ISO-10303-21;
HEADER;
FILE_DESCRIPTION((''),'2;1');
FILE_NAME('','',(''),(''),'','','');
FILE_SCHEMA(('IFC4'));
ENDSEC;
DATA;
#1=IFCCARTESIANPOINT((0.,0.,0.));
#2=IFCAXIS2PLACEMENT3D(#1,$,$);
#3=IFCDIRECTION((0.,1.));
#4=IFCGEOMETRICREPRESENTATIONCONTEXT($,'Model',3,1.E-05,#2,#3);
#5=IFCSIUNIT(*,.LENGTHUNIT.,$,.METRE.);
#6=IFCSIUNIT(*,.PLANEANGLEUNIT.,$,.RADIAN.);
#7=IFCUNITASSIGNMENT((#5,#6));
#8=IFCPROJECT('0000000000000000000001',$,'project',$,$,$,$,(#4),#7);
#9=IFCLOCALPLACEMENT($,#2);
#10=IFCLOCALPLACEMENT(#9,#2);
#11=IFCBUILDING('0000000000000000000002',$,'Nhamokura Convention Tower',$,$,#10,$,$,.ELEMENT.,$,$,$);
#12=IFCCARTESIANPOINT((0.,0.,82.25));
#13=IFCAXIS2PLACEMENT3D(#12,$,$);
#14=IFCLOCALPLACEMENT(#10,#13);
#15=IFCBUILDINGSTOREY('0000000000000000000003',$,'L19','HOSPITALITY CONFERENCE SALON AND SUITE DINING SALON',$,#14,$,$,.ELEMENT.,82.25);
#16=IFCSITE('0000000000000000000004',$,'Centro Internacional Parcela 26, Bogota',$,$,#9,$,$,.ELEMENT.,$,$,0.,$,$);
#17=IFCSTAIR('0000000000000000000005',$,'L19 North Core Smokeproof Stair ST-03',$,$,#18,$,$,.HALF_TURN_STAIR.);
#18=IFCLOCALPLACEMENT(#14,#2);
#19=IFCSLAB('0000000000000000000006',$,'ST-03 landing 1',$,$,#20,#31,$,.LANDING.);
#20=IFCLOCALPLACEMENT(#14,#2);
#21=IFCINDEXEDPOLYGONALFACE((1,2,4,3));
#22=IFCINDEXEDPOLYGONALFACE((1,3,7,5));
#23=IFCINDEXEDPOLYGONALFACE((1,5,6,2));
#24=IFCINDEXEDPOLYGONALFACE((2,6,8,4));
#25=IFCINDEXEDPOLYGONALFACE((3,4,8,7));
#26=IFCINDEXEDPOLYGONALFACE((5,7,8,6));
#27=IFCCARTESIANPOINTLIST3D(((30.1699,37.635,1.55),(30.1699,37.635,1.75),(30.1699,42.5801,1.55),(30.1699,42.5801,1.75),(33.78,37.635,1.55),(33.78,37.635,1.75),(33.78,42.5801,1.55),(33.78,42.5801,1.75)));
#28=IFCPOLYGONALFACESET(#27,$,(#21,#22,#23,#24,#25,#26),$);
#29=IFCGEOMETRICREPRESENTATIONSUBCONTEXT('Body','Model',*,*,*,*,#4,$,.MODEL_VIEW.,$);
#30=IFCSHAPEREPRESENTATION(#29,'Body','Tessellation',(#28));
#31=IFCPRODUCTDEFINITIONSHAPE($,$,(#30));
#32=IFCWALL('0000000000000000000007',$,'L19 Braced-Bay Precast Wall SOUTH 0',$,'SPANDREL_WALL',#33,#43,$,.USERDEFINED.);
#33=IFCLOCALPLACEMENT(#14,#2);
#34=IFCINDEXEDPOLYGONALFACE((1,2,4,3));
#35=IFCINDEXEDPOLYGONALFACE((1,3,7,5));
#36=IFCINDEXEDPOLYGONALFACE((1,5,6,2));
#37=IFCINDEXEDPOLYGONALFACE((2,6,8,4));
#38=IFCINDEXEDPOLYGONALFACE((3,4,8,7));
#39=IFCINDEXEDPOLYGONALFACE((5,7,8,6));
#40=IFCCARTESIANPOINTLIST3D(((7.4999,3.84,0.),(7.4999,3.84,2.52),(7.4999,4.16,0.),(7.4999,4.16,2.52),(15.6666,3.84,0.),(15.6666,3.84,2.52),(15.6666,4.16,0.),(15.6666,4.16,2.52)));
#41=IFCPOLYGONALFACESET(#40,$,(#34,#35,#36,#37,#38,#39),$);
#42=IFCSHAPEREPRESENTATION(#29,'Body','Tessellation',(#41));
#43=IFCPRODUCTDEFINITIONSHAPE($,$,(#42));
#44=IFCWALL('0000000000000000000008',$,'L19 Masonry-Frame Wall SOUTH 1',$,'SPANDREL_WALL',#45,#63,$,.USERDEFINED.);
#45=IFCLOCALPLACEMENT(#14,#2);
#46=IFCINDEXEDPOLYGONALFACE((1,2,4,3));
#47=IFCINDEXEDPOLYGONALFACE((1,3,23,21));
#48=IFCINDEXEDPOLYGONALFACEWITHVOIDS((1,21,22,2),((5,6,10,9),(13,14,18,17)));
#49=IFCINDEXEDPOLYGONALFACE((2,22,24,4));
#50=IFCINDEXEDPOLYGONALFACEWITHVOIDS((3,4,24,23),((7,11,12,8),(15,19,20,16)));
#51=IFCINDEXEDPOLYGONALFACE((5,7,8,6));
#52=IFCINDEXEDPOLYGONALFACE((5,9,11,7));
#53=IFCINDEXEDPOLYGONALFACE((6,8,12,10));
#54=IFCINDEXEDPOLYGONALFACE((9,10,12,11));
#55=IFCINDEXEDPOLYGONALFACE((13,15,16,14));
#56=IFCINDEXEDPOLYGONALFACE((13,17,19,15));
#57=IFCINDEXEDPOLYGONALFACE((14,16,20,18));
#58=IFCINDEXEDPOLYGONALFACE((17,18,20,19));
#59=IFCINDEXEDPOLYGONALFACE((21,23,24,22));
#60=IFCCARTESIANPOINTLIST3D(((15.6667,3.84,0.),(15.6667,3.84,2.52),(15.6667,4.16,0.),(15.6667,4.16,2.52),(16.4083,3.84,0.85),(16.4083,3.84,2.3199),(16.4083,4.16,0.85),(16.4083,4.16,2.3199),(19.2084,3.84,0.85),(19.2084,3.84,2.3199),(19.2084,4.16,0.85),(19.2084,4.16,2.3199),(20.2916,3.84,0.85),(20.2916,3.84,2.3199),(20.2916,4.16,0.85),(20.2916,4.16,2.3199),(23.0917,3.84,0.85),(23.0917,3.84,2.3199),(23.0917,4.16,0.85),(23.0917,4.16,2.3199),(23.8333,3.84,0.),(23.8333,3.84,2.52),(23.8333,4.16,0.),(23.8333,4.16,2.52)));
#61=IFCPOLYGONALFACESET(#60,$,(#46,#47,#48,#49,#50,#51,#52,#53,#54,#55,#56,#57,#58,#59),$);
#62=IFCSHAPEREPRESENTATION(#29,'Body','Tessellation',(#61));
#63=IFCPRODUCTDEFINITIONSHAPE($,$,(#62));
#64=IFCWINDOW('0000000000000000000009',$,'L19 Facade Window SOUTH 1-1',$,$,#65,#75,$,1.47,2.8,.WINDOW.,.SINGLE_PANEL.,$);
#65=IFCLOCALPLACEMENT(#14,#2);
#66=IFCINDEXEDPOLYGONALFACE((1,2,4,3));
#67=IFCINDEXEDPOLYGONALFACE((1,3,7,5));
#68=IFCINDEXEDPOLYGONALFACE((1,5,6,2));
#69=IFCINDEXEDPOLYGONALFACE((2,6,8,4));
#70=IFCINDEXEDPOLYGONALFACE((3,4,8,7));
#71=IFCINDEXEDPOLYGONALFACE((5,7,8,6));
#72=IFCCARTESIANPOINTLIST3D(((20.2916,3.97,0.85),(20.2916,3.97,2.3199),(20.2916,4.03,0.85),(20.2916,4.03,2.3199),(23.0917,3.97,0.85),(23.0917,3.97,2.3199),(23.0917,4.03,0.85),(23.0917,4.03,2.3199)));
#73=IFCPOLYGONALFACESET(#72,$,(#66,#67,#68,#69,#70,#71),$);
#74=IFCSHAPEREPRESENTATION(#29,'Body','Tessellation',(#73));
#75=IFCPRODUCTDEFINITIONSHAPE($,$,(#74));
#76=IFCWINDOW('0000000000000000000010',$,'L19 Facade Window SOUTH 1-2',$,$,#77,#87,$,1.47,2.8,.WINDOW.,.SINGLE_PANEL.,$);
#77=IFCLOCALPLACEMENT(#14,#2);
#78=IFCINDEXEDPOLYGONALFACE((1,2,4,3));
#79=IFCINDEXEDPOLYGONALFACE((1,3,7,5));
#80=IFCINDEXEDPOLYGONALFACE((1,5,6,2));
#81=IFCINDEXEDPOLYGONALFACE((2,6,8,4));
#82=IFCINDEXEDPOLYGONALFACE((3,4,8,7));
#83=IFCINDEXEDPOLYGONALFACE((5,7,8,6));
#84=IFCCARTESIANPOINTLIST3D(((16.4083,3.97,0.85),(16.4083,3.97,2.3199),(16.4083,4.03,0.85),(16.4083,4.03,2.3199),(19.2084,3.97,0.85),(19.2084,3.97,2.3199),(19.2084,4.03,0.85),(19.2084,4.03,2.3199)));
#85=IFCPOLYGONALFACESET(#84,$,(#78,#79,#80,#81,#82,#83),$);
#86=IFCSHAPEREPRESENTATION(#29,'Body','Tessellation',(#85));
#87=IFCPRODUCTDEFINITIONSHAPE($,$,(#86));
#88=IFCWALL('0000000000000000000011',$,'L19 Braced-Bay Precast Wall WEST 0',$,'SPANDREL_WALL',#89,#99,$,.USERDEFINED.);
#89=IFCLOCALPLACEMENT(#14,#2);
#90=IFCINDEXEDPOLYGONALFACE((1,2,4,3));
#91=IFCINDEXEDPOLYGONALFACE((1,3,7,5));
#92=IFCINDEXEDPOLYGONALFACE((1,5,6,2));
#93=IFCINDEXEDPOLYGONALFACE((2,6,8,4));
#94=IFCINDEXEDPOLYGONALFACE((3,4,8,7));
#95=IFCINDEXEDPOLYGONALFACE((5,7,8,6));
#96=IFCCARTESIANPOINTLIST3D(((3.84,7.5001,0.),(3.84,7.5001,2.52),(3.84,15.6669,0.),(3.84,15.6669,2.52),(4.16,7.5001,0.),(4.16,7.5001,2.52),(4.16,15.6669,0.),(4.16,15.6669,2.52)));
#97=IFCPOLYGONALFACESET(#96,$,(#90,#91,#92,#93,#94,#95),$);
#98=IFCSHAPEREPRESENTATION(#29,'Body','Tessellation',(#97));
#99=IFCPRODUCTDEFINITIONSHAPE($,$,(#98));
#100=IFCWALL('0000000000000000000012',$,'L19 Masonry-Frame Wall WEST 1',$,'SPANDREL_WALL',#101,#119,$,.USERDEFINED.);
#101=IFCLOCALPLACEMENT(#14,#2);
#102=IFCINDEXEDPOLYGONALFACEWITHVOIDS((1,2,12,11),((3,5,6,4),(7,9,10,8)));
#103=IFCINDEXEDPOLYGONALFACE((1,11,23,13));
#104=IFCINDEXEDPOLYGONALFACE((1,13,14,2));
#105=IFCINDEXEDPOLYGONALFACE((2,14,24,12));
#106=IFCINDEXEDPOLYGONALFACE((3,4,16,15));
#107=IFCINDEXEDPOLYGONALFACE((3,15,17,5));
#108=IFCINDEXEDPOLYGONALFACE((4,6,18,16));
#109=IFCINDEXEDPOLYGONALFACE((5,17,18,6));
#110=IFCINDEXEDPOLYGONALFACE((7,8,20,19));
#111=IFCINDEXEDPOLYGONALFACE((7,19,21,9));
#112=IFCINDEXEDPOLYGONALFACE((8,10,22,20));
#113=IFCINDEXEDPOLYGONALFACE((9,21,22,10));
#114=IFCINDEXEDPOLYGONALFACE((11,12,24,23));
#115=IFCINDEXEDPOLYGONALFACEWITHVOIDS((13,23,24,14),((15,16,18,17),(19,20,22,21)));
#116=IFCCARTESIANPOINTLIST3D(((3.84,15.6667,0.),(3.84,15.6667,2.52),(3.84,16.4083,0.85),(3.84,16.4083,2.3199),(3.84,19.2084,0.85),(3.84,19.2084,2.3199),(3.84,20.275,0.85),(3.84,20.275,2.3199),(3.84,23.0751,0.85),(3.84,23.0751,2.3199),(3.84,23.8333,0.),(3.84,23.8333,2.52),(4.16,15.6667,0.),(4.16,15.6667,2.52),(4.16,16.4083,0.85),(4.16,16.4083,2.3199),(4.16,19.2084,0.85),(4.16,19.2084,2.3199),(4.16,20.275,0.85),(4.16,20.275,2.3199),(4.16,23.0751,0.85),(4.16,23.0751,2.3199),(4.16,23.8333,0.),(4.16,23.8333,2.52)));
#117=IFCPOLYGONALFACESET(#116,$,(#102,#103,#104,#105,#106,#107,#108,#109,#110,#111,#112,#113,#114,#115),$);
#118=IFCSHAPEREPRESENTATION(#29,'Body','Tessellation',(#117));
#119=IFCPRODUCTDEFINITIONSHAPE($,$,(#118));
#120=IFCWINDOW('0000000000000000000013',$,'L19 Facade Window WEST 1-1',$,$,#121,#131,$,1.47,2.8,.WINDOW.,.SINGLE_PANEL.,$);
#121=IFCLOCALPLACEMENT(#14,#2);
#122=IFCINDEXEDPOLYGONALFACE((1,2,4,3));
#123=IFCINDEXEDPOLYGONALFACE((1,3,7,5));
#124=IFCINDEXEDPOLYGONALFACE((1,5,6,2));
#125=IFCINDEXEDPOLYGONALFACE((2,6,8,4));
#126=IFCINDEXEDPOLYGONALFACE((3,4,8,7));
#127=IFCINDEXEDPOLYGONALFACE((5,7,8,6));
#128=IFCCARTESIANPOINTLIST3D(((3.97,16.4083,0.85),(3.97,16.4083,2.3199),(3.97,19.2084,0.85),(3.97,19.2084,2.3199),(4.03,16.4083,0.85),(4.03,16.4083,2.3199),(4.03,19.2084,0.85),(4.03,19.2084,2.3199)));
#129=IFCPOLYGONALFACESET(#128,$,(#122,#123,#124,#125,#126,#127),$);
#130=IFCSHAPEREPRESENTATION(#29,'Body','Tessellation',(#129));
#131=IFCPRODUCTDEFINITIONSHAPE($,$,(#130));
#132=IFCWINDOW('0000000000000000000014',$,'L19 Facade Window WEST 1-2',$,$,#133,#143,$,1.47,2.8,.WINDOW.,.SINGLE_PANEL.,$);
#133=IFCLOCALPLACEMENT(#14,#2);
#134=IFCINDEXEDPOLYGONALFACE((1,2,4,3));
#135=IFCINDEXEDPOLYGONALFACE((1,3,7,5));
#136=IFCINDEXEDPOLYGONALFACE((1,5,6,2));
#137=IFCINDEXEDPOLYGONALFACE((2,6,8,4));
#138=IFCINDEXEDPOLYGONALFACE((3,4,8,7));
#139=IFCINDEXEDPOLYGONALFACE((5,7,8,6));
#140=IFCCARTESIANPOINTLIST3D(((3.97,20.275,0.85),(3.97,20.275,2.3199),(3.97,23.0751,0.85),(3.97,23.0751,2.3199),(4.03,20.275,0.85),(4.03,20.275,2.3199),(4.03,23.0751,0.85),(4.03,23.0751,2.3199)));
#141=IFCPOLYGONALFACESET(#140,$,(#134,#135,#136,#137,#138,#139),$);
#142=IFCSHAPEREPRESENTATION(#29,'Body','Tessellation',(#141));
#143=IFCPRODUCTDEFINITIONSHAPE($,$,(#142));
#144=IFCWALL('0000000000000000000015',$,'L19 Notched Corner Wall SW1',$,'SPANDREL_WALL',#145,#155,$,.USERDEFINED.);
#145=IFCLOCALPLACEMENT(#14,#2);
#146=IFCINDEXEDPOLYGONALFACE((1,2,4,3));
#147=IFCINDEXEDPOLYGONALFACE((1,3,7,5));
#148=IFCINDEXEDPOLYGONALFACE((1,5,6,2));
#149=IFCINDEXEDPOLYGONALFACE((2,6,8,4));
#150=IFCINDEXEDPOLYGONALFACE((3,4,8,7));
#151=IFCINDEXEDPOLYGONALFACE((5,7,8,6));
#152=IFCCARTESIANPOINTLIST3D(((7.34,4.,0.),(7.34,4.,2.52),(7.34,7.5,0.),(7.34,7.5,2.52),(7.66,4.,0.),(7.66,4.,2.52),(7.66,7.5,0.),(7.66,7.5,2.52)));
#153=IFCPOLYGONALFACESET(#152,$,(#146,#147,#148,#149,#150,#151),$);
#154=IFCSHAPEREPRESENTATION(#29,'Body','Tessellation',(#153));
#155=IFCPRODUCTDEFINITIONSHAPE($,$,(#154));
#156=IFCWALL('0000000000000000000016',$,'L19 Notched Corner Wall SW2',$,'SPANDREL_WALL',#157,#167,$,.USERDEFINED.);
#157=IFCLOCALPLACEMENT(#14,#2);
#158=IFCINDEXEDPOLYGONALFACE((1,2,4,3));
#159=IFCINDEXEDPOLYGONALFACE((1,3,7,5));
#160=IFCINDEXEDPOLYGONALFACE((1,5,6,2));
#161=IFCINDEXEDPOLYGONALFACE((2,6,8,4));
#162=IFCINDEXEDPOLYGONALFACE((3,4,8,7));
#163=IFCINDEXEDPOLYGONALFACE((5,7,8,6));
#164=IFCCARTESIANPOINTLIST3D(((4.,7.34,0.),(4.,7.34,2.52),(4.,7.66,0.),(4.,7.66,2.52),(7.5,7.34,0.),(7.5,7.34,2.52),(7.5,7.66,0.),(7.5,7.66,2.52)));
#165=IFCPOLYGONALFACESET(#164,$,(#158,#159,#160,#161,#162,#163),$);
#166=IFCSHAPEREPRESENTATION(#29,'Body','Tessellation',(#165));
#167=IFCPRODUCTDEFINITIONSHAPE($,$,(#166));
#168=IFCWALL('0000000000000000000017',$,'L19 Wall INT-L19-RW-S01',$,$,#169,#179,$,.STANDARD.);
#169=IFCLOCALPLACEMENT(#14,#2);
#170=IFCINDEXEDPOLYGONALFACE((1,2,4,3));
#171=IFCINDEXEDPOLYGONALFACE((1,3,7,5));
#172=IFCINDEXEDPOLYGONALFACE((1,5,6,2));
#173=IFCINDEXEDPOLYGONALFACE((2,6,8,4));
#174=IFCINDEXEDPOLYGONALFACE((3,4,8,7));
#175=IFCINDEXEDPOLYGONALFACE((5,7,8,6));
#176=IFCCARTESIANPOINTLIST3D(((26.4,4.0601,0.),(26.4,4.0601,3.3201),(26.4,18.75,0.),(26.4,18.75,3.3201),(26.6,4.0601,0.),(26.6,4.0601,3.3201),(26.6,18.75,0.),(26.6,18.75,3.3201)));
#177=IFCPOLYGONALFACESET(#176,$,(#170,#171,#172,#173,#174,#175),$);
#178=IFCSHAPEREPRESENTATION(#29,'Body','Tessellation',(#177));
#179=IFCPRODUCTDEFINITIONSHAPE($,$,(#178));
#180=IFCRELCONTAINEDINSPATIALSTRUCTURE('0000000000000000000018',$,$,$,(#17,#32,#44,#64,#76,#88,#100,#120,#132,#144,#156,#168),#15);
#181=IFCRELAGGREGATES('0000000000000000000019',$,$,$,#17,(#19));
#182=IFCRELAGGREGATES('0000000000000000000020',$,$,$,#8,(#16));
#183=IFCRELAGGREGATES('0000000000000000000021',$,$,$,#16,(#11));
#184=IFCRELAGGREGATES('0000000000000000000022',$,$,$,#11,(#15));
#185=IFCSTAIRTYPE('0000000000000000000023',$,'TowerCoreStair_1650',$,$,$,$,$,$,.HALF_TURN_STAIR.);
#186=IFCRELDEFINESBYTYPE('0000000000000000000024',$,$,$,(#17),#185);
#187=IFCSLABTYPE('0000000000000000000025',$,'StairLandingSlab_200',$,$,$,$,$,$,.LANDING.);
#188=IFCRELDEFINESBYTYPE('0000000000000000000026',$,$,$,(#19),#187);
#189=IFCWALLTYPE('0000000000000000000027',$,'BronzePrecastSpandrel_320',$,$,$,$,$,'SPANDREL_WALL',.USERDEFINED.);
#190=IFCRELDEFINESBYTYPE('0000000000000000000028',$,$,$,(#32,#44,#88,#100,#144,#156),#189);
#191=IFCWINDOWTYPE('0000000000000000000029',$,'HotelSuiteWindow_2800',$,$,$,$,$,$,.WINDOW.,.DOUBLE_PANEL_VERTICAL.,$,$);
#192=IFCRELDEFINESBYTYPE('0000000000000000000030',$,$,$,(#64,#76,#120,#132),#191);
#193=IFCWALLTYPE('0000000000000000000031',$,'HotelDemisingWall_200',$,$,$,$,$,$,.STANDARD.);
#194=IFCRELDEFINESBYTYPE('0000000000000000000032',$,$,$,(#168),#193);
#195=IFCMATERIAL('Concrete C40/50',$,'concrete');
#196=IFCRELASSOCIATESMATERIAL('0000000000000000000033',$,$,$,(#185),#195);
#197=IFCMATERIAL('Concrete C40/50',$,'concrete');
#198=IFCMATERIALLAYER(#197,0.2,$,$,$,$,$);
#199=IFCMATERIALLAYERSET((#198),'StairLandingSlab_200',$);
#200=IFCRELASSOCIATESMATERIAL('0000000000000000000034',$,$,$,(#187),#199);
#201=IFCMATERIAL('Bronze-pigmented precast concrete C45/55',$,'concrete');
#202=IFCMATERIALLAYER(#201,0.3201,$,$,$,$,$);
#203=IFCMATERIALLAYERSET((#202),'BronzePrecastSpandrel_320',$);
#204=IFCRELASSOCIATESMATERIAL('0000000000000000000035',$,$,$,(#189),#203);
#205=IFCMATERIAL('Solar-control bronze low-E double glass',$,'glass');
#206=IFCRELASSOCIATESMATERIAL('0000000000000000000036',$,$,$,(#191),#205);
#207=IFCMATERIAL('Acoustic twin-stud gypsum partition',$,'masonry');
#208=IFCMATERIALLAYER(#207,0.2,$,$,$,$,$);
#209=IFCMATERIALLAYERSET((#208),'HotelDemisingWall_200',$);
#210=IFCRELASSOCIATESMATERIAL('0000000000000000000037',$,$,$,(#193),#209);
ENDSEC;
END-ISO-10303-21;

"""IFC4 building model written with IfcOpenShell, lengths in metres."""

from ifc_helpers import new_model, si_unit, direction, frame, frame_2d, origin, place, context, subcontext, project, spatial, polyline, rectangle, outline, extrude, material, layer, layer_set, type_object, element, fill, aggregate, save


model = new_model("IFC4")

# Units and contexts
model_context = context("Model", 3, precision=1e-05, world=origin(), true_north=direction((0.0, 1.0)))
body_context = subcontext(model_context, "Body", "Model", "MODEL_VIEW")
ifc_project = project(units=[si_unit("LENGTHUNIT", "METRE"), si_unit("PLANEANGLEUNIT", "RADIAN")], contexts=[model_context])

# Site, building, storey
site_placement = place(None, origin())
site = spatial("IfcSite", under=ifc_project, at=site_placement, Name="Centro Internacional Parcela 26, Bogota", CompositionType="ELEMENT", RefElevation=0.0)
building_placement = place(site_placement, origin())
building = spatial("IfcBuilding", under=site, at=building_placement, Name="Nhamokura Convention Tower", CompositionType="ELEMENT")
storey_placement = place(building_placement, frame((0.0, 0.0, 82.25)))
storey = spatial("IfcBuildingStorey", under=building, at=storey_placement, Name="L19", Description="HOSPITALITY CONFERENCE SALON AND SUITE DINING SALON", CompositionType="ELEMENT", Elevation=82.25)

# Stair, slab
ifc_material_1 = material(Name="Concrete C40/50", Category="concrete")
stair_type = type_object("IfcStairType", Name="TowerCoreStair_1650", PredefinedType="HALF_TURN_STAIR", material=ifc_material_1)
ifc_material_2 = material(Name="Concrete C40/50", Category="concrete")
ifc_layer_1 = layer(ifc_material_2, 0.2)
ifc_layer_set_1 = layer_set([ifc_layer_1], Name="StairLandingSlab_200")
slab_type_1 = type_object("IfcSlabType", Name="StairLandingSlab_200", PredefinedType="LANDING", material=ifc_layer_set_1)
stair_1_placement = place(storey_placement, origin())
stair_1 = element("IfcStair", 1, at=stair_1_placement, inside=storey, type_object=stair_type, Name="L19 North Core Smokeproof Stair ST-03", PredefinedType="HALF_TURN_STAIR")
slab_1_placement = place(storey_placement, frame((0.0, 0.0, 1.55)))
slab_1 = element("IfcSlab", 2, at=slab_1_placement, type_object=slab_type_1, Name="ST-03 landing 1", PredefinedType="LANDING", context=body_context, shape_type="SweptSolid", body=[
    extrude(outline(polyline([(33.78, 37.635), (33.78, 42.5801), (30.1699, 42.5801), (30.1699, 37.635), (33.78, 37.635)])), origin(), (0.0, 0.0, 1.0), 0.2),
])
aggregate(stair_1, [slab_1])

# Wall
ifc_material_3 = material(Name="Bronze-pigmented precast concrete C45/55", Category="concrete")
ifc_layer_2 = layer(ifc_material_3, 0.3201)
ifc_layer_set_2 = layer_set([ifc_layer_2], Name="BronzePrecastSpandrel_320")
wall_type_1 = type_object("IfcWallType", Name="BronzePrecastSpandrel_320", ElementType="SPANDREL_WALL", PredefinedType="USERDEFINED", material=ifc_layer_set_2)
wall_1_placement = place(storey_placement, frame((15.6667, 4.0, 0.0), z_axis=(0.0, 0.0, 1.0), x_axis=(-1.0, 0.0, 0.0)))
element("IfcWall", 3, at=wall_1_placement, inside=storey, type_object=wall_type_1, Name="L19 Braced-Bay Precast Wall SOUTH 0", ObjectType="SPANDREL_WALL", PredefinedType="USERDEFINED", context=body_context, shape_type="SweptSolid", body=[
    extrude(rectangle(XDim=8.1667, YDim=0.3201, at=frame_2d((4.0835, 0.0))), origin(), (0.0, 0.0, 1.0), 2.52),
])

# Wall, openings, windows
wall_2_placement = place(storey_placement, frame((23.8333, 4.0, 0.0), z_axis=(0.0, 0.0, 1.0), x_axis=(-1.0, 0.0, 0.0)))
wall_2 = element("IfcWall", 4, at=wall_2_placement, inside=storey, type_object=wall_type_1, Name="L19 Masonry-Frame Wall SOUTH 1", ObjectType="SPANDREL_WALL", PredefinedType="USERDEFINED", context=body_context, shape_type="SweptSolid", body=[
    extrude(rectangle(XDim=8.1665, YDim=0.3201, at=frame_2d((4.0833, 0.0))), origin(), (0.0, 0.0, 1.0), 2.52),
])
opening_1_placement = place(wall_2_placement, frame((0.7417, 0.0, 0.8501)))
opening_1 = element("IfcOpeningElement", 5, at=opening_1_placement, cuts=wall_2, PredefinedType="OPENING", context=body_context, shape_type="SweptSolid", body=[
    extrude(rectangle(XDim=2.8, YDim=1.47, at=frame_2d((1.3999, 0.7349))), frame((0.0, 0.1699, 0.0), z_axis=(0.0, -1.0, 0.0), x_axis=(1.0, 0.0, 0.0)), (0.0, 0.0, 1.0), 0.3401),
])
opening_2_placement = place(wall_2_placement, frame((4.625, 0.0, 0.8501)))
opening_2 = element("IfcOpeningElement", 6, at=opening_2_placement, cuts=wall_2, PredefinedType="OPENING", context=body_context, shape_type="SweptSolid", body=[
    extrude(rectangle(XDim=2.8, YDim=1.47, at=frame_2d((1.3999, 0.7349))), frame((0.0, 0.1699, 0.0), z_axis=(0.0, -1.0, 0.0), x_axis=(1.0, 0.0, 0.0)), (0.0, 0.0, 1.0), 0.3401),
])
ifc_material_4 = material(Name="Solar-control bronze low-E double glass", Category="glass")
window_type = type_object("IfcWindowType", Name="HotelSuiteWindow_2800", PartitioningType="DOUBLE_PANEL_VERTICAL", PredefinedType="WINDOW", material=ifc_material_4)
window_1_placement = place(opening_1_placement, origin())
window_1 = element("IfcWindow", 7, at=window_1_placement, inside=storey, type_object=window_type, Name="L19 Facade Window SOUTH 1-1", OverallHeight=1.47, OverallWidth=2.8, PartitioningType="SINGLE_PANEL", PredefinedType="WINDOW", context=body_context, shape_type="SweptSolid", body=[
    extrude(rectangle(XDim=2.8, YDim=1.47, at=frame_2d((1.3999, 0.7349))), frame((0.0, 0.03, 0.0), z_axis=(0.0, -1.0, 0.0), x_axis=(1.0, 0.0, 0.0)), (0.0, 0.0, 1.0), 0.0601),
])
fill(opening_1, window_1)
window_2_placement = place(opening_2_placement, origin())
window_2 = element("IfcWindow", 8, at=window_2_placement, inside=storey, type_object=window_type, Name="L19 Facade Window SOUTH 1-2", OverallHeight=1.47, OverallWidth=2.8, PartitioningType="SINGLE_PANEL", PredefinedType="WINDOW", context=body_context, shape_type="SweptSolid", body=[
    extrude(rectangle(XDim=2.8, YDim=1.47, at=frame_2d((1.3999, 0.7349))), frame((0.0, 0.03, 0.0), z_axis=(0.0, -1.0, 0.0), x_axis=(1.0, 0.0, 0.0)), (0.0, 0.0, 1.0), 0.0601),
])
fill(opening_2, window_2)

# Wall
wall_3_placement = place(storey_placement, frame((4.0, 7.5, 0.0), z_axis=(0.0, 0.0, 1.0), x_axis=(0.0, 1.0, 0.0)))
element("IfcWall", 9, at=wall_3_placement, inside=storey, type_object=wall_type_1, Name="L19 Braced-Bay Precast Wall WEST 0", ObjectType="SPANDREL_WALL", PredefinedType="USERDEFINED", context=body_context, shape_type="SweptSolid", body=[
    extrude(rectangle(XDim=8.1667, YDim=0.3201, at=frame_2d((4.0835, 0.0))), origin(), (0.0, 0.0, 1.0), 2.52),
])

# Wall, openings, windows
wall_4_placement = place(storey_placement, frame((4.0, 15.6667, 0.0), z_axis=(0.0, 0.0, 1.0), x_axis=(0.0, 1.0, 0.0)))
wall_4 = element("IfcWall", 10, at=wall_4_placement, inside=storey, type_object=wall_type_1, Name="L19 Masonry-Frame Wall WEST 1", ObjectType="SPANDREL_WALL", PredefinedType="USERDEFINED", context=body_context, shape_type="SweptSolid", body=[
    extrude(rectangle(XDim=8.1665, YDim=0.3201, at=frame_2d((4.0833, 0.0))), origin(), (0.0, 0.0, 1.0), 2.52),
])
opening_3_placement = place(wall_4_placement, frame((0.7417, 0.0, 0.8501)))
opening_3 = element("IfcOpeningElement", 11, at=opening_3_placement, cuts=wall_4, PredefinedType="OPENING", context=body_context, shape_type="SweptSolid", body=[
    extrude(rectangle(XDim=2.8, YDim=1.47, at=frame_2d((1.3999, 0.7349))), frame((0.0, 0.1699, 0.0), z_axis=(0.0, -1.0, 0.0), x_axis=(1.0, 0.0, 0.0)), (0.0, 0.0, 1.0), 0.3401),
])
opening_4_placement = place(wall_4_placement, frame((4.6084, 0.0, 0.8501)))
opening_4 = element("IfcOpeningElement", 12, at=opening_4_placement, cuts=wall_4, PredefinedType="OPENING", context=body_context, shape_type="SweptSolid", body=[
    extrude(rectangle(XDim=2.8, YDim=1.47, at=frame_2d((1.3999, 0.7349))), frame((0.0, 0.1699, 0.0), z_axis=(0.0, -1.0, 0.0), x_axis=(1.0, 0.0, 0.0)), (0.0, 0.0, 1.0), 0.3401),
])
window_3_placement = place(opening_3_placement, origin())
window_3 = element("IfcWindow", 13, at=window_3_placement, inside=storey, type_object=window_type, Name="L19 Facade Window WEST 1-1", OverallHeight=1.47, OverallWidth=2.8, PartitioningType="SINGLE_PANEL", PredefinedType="WINDOW", context=body_context, shape_type="SweptSolid", body=[
    extrude(rectangle(XDim=2.8, YDim=1.47, at=frame_2d((1.3999, 0.7349))), frame((0.0, 0.03, 0.0), z_axis=(0.0, -1.0, 0.0), x_axis=(1.0, 0.0, 0.0)), (0.0, 0.0, 1.0), 0.0601),
])
fill(opening_3, window_3)
window_4_placement = place(opening_4_placement, origin())
window_4 = element("IfcWindow", 14, at=window_4_placement, inside=storey, type_object=window_type, Name="L19 Facade Window WEST 1-2", OverallHeight=1.47, OverallWidth=2.8, PartitioningType="SINGLE_PANEL", PredefinedType="WINDOW", context=body_context, shape_type="SweptSolid", body=[
    extrude(rectangle(XDim=2.8, YDim=1.47, at=frame_2d((1.3999, 0.7349))), frame((0.0, 0.03, 0.0), z_axis=(0.0, -1.0, 0.0), x_axis=(1.0, 0.0, 0.0)), (0.0, 0.0, 1.0), 0.0601),
])
fill(opening_4, window_4)

# Walls
for number, where, z_axis, x_axis, name in (
    (15, (7.5, 4.0, 0.0), (0.0, 0.0, 1.0), (0.0, 1.0, 0.0), "L19 Notched Corner Wall SW1"),
    (16, (7.5, 7.5, 0.0), (0.0, 0.0, 1.0), (-1.0, 0.0, 0.0), "L19 Notched Corner Wall SW2"),
):
    element("IfcWall", number, at=place(storey_placement, frame(where, z_axis=z_axis, x_axis=x_axis)), inside=storey, type_object=wall_type_1, Name=name, ObjectType="SPANDREL_WALL", PredefinedType="USERDEFINED", context=body_context, shape_type="SweptSolid", body=[
        extrude(rectangle(XDim=3.5, YDim=0.3201, at=frame_2d((1.75, 0.0))), origin(), (0.0, 0.0, 1.0), 2.52),
    ])
ifc_material_5 = material(Name="Acoustic twin-stud gypsum partition", Category="masonry")
ifc_layer_3 = layer(ifc_material_5, 0.2)
ifc_layer_set_3 = layer_set([ifc_layer_3], Name="HotelDemisingWall_200")
wall_type_2 = type_object("IfcWallType", Name="HotelDemisingWall_200", PredefinedType="STANDARD", material=ifc_layer_set_3)
wall_5_placement = place(storey_placement, frame((26.5, 4.0601, 0.0), z_axis=(0.0, 0.0, 1.0), x_axis=(0.0, 1.0, 0.0)))
element("IfcWall", 17, at=wall_5_placement, inside=storey, type_object=wall_type_2, Name="L19 Wall INT-L19-RW-S01", PredefinedType="STANDARD", context=body_context, shape_type="SweptSolid", body=[
    extrude(rectangle(XDim=14.6899, YDim=0.2, at=frame_2d((7.345, 0.0))), origin(), (0.0, 0.0, 1.0), 3.3201),
])

save(model, "model.ifc")
